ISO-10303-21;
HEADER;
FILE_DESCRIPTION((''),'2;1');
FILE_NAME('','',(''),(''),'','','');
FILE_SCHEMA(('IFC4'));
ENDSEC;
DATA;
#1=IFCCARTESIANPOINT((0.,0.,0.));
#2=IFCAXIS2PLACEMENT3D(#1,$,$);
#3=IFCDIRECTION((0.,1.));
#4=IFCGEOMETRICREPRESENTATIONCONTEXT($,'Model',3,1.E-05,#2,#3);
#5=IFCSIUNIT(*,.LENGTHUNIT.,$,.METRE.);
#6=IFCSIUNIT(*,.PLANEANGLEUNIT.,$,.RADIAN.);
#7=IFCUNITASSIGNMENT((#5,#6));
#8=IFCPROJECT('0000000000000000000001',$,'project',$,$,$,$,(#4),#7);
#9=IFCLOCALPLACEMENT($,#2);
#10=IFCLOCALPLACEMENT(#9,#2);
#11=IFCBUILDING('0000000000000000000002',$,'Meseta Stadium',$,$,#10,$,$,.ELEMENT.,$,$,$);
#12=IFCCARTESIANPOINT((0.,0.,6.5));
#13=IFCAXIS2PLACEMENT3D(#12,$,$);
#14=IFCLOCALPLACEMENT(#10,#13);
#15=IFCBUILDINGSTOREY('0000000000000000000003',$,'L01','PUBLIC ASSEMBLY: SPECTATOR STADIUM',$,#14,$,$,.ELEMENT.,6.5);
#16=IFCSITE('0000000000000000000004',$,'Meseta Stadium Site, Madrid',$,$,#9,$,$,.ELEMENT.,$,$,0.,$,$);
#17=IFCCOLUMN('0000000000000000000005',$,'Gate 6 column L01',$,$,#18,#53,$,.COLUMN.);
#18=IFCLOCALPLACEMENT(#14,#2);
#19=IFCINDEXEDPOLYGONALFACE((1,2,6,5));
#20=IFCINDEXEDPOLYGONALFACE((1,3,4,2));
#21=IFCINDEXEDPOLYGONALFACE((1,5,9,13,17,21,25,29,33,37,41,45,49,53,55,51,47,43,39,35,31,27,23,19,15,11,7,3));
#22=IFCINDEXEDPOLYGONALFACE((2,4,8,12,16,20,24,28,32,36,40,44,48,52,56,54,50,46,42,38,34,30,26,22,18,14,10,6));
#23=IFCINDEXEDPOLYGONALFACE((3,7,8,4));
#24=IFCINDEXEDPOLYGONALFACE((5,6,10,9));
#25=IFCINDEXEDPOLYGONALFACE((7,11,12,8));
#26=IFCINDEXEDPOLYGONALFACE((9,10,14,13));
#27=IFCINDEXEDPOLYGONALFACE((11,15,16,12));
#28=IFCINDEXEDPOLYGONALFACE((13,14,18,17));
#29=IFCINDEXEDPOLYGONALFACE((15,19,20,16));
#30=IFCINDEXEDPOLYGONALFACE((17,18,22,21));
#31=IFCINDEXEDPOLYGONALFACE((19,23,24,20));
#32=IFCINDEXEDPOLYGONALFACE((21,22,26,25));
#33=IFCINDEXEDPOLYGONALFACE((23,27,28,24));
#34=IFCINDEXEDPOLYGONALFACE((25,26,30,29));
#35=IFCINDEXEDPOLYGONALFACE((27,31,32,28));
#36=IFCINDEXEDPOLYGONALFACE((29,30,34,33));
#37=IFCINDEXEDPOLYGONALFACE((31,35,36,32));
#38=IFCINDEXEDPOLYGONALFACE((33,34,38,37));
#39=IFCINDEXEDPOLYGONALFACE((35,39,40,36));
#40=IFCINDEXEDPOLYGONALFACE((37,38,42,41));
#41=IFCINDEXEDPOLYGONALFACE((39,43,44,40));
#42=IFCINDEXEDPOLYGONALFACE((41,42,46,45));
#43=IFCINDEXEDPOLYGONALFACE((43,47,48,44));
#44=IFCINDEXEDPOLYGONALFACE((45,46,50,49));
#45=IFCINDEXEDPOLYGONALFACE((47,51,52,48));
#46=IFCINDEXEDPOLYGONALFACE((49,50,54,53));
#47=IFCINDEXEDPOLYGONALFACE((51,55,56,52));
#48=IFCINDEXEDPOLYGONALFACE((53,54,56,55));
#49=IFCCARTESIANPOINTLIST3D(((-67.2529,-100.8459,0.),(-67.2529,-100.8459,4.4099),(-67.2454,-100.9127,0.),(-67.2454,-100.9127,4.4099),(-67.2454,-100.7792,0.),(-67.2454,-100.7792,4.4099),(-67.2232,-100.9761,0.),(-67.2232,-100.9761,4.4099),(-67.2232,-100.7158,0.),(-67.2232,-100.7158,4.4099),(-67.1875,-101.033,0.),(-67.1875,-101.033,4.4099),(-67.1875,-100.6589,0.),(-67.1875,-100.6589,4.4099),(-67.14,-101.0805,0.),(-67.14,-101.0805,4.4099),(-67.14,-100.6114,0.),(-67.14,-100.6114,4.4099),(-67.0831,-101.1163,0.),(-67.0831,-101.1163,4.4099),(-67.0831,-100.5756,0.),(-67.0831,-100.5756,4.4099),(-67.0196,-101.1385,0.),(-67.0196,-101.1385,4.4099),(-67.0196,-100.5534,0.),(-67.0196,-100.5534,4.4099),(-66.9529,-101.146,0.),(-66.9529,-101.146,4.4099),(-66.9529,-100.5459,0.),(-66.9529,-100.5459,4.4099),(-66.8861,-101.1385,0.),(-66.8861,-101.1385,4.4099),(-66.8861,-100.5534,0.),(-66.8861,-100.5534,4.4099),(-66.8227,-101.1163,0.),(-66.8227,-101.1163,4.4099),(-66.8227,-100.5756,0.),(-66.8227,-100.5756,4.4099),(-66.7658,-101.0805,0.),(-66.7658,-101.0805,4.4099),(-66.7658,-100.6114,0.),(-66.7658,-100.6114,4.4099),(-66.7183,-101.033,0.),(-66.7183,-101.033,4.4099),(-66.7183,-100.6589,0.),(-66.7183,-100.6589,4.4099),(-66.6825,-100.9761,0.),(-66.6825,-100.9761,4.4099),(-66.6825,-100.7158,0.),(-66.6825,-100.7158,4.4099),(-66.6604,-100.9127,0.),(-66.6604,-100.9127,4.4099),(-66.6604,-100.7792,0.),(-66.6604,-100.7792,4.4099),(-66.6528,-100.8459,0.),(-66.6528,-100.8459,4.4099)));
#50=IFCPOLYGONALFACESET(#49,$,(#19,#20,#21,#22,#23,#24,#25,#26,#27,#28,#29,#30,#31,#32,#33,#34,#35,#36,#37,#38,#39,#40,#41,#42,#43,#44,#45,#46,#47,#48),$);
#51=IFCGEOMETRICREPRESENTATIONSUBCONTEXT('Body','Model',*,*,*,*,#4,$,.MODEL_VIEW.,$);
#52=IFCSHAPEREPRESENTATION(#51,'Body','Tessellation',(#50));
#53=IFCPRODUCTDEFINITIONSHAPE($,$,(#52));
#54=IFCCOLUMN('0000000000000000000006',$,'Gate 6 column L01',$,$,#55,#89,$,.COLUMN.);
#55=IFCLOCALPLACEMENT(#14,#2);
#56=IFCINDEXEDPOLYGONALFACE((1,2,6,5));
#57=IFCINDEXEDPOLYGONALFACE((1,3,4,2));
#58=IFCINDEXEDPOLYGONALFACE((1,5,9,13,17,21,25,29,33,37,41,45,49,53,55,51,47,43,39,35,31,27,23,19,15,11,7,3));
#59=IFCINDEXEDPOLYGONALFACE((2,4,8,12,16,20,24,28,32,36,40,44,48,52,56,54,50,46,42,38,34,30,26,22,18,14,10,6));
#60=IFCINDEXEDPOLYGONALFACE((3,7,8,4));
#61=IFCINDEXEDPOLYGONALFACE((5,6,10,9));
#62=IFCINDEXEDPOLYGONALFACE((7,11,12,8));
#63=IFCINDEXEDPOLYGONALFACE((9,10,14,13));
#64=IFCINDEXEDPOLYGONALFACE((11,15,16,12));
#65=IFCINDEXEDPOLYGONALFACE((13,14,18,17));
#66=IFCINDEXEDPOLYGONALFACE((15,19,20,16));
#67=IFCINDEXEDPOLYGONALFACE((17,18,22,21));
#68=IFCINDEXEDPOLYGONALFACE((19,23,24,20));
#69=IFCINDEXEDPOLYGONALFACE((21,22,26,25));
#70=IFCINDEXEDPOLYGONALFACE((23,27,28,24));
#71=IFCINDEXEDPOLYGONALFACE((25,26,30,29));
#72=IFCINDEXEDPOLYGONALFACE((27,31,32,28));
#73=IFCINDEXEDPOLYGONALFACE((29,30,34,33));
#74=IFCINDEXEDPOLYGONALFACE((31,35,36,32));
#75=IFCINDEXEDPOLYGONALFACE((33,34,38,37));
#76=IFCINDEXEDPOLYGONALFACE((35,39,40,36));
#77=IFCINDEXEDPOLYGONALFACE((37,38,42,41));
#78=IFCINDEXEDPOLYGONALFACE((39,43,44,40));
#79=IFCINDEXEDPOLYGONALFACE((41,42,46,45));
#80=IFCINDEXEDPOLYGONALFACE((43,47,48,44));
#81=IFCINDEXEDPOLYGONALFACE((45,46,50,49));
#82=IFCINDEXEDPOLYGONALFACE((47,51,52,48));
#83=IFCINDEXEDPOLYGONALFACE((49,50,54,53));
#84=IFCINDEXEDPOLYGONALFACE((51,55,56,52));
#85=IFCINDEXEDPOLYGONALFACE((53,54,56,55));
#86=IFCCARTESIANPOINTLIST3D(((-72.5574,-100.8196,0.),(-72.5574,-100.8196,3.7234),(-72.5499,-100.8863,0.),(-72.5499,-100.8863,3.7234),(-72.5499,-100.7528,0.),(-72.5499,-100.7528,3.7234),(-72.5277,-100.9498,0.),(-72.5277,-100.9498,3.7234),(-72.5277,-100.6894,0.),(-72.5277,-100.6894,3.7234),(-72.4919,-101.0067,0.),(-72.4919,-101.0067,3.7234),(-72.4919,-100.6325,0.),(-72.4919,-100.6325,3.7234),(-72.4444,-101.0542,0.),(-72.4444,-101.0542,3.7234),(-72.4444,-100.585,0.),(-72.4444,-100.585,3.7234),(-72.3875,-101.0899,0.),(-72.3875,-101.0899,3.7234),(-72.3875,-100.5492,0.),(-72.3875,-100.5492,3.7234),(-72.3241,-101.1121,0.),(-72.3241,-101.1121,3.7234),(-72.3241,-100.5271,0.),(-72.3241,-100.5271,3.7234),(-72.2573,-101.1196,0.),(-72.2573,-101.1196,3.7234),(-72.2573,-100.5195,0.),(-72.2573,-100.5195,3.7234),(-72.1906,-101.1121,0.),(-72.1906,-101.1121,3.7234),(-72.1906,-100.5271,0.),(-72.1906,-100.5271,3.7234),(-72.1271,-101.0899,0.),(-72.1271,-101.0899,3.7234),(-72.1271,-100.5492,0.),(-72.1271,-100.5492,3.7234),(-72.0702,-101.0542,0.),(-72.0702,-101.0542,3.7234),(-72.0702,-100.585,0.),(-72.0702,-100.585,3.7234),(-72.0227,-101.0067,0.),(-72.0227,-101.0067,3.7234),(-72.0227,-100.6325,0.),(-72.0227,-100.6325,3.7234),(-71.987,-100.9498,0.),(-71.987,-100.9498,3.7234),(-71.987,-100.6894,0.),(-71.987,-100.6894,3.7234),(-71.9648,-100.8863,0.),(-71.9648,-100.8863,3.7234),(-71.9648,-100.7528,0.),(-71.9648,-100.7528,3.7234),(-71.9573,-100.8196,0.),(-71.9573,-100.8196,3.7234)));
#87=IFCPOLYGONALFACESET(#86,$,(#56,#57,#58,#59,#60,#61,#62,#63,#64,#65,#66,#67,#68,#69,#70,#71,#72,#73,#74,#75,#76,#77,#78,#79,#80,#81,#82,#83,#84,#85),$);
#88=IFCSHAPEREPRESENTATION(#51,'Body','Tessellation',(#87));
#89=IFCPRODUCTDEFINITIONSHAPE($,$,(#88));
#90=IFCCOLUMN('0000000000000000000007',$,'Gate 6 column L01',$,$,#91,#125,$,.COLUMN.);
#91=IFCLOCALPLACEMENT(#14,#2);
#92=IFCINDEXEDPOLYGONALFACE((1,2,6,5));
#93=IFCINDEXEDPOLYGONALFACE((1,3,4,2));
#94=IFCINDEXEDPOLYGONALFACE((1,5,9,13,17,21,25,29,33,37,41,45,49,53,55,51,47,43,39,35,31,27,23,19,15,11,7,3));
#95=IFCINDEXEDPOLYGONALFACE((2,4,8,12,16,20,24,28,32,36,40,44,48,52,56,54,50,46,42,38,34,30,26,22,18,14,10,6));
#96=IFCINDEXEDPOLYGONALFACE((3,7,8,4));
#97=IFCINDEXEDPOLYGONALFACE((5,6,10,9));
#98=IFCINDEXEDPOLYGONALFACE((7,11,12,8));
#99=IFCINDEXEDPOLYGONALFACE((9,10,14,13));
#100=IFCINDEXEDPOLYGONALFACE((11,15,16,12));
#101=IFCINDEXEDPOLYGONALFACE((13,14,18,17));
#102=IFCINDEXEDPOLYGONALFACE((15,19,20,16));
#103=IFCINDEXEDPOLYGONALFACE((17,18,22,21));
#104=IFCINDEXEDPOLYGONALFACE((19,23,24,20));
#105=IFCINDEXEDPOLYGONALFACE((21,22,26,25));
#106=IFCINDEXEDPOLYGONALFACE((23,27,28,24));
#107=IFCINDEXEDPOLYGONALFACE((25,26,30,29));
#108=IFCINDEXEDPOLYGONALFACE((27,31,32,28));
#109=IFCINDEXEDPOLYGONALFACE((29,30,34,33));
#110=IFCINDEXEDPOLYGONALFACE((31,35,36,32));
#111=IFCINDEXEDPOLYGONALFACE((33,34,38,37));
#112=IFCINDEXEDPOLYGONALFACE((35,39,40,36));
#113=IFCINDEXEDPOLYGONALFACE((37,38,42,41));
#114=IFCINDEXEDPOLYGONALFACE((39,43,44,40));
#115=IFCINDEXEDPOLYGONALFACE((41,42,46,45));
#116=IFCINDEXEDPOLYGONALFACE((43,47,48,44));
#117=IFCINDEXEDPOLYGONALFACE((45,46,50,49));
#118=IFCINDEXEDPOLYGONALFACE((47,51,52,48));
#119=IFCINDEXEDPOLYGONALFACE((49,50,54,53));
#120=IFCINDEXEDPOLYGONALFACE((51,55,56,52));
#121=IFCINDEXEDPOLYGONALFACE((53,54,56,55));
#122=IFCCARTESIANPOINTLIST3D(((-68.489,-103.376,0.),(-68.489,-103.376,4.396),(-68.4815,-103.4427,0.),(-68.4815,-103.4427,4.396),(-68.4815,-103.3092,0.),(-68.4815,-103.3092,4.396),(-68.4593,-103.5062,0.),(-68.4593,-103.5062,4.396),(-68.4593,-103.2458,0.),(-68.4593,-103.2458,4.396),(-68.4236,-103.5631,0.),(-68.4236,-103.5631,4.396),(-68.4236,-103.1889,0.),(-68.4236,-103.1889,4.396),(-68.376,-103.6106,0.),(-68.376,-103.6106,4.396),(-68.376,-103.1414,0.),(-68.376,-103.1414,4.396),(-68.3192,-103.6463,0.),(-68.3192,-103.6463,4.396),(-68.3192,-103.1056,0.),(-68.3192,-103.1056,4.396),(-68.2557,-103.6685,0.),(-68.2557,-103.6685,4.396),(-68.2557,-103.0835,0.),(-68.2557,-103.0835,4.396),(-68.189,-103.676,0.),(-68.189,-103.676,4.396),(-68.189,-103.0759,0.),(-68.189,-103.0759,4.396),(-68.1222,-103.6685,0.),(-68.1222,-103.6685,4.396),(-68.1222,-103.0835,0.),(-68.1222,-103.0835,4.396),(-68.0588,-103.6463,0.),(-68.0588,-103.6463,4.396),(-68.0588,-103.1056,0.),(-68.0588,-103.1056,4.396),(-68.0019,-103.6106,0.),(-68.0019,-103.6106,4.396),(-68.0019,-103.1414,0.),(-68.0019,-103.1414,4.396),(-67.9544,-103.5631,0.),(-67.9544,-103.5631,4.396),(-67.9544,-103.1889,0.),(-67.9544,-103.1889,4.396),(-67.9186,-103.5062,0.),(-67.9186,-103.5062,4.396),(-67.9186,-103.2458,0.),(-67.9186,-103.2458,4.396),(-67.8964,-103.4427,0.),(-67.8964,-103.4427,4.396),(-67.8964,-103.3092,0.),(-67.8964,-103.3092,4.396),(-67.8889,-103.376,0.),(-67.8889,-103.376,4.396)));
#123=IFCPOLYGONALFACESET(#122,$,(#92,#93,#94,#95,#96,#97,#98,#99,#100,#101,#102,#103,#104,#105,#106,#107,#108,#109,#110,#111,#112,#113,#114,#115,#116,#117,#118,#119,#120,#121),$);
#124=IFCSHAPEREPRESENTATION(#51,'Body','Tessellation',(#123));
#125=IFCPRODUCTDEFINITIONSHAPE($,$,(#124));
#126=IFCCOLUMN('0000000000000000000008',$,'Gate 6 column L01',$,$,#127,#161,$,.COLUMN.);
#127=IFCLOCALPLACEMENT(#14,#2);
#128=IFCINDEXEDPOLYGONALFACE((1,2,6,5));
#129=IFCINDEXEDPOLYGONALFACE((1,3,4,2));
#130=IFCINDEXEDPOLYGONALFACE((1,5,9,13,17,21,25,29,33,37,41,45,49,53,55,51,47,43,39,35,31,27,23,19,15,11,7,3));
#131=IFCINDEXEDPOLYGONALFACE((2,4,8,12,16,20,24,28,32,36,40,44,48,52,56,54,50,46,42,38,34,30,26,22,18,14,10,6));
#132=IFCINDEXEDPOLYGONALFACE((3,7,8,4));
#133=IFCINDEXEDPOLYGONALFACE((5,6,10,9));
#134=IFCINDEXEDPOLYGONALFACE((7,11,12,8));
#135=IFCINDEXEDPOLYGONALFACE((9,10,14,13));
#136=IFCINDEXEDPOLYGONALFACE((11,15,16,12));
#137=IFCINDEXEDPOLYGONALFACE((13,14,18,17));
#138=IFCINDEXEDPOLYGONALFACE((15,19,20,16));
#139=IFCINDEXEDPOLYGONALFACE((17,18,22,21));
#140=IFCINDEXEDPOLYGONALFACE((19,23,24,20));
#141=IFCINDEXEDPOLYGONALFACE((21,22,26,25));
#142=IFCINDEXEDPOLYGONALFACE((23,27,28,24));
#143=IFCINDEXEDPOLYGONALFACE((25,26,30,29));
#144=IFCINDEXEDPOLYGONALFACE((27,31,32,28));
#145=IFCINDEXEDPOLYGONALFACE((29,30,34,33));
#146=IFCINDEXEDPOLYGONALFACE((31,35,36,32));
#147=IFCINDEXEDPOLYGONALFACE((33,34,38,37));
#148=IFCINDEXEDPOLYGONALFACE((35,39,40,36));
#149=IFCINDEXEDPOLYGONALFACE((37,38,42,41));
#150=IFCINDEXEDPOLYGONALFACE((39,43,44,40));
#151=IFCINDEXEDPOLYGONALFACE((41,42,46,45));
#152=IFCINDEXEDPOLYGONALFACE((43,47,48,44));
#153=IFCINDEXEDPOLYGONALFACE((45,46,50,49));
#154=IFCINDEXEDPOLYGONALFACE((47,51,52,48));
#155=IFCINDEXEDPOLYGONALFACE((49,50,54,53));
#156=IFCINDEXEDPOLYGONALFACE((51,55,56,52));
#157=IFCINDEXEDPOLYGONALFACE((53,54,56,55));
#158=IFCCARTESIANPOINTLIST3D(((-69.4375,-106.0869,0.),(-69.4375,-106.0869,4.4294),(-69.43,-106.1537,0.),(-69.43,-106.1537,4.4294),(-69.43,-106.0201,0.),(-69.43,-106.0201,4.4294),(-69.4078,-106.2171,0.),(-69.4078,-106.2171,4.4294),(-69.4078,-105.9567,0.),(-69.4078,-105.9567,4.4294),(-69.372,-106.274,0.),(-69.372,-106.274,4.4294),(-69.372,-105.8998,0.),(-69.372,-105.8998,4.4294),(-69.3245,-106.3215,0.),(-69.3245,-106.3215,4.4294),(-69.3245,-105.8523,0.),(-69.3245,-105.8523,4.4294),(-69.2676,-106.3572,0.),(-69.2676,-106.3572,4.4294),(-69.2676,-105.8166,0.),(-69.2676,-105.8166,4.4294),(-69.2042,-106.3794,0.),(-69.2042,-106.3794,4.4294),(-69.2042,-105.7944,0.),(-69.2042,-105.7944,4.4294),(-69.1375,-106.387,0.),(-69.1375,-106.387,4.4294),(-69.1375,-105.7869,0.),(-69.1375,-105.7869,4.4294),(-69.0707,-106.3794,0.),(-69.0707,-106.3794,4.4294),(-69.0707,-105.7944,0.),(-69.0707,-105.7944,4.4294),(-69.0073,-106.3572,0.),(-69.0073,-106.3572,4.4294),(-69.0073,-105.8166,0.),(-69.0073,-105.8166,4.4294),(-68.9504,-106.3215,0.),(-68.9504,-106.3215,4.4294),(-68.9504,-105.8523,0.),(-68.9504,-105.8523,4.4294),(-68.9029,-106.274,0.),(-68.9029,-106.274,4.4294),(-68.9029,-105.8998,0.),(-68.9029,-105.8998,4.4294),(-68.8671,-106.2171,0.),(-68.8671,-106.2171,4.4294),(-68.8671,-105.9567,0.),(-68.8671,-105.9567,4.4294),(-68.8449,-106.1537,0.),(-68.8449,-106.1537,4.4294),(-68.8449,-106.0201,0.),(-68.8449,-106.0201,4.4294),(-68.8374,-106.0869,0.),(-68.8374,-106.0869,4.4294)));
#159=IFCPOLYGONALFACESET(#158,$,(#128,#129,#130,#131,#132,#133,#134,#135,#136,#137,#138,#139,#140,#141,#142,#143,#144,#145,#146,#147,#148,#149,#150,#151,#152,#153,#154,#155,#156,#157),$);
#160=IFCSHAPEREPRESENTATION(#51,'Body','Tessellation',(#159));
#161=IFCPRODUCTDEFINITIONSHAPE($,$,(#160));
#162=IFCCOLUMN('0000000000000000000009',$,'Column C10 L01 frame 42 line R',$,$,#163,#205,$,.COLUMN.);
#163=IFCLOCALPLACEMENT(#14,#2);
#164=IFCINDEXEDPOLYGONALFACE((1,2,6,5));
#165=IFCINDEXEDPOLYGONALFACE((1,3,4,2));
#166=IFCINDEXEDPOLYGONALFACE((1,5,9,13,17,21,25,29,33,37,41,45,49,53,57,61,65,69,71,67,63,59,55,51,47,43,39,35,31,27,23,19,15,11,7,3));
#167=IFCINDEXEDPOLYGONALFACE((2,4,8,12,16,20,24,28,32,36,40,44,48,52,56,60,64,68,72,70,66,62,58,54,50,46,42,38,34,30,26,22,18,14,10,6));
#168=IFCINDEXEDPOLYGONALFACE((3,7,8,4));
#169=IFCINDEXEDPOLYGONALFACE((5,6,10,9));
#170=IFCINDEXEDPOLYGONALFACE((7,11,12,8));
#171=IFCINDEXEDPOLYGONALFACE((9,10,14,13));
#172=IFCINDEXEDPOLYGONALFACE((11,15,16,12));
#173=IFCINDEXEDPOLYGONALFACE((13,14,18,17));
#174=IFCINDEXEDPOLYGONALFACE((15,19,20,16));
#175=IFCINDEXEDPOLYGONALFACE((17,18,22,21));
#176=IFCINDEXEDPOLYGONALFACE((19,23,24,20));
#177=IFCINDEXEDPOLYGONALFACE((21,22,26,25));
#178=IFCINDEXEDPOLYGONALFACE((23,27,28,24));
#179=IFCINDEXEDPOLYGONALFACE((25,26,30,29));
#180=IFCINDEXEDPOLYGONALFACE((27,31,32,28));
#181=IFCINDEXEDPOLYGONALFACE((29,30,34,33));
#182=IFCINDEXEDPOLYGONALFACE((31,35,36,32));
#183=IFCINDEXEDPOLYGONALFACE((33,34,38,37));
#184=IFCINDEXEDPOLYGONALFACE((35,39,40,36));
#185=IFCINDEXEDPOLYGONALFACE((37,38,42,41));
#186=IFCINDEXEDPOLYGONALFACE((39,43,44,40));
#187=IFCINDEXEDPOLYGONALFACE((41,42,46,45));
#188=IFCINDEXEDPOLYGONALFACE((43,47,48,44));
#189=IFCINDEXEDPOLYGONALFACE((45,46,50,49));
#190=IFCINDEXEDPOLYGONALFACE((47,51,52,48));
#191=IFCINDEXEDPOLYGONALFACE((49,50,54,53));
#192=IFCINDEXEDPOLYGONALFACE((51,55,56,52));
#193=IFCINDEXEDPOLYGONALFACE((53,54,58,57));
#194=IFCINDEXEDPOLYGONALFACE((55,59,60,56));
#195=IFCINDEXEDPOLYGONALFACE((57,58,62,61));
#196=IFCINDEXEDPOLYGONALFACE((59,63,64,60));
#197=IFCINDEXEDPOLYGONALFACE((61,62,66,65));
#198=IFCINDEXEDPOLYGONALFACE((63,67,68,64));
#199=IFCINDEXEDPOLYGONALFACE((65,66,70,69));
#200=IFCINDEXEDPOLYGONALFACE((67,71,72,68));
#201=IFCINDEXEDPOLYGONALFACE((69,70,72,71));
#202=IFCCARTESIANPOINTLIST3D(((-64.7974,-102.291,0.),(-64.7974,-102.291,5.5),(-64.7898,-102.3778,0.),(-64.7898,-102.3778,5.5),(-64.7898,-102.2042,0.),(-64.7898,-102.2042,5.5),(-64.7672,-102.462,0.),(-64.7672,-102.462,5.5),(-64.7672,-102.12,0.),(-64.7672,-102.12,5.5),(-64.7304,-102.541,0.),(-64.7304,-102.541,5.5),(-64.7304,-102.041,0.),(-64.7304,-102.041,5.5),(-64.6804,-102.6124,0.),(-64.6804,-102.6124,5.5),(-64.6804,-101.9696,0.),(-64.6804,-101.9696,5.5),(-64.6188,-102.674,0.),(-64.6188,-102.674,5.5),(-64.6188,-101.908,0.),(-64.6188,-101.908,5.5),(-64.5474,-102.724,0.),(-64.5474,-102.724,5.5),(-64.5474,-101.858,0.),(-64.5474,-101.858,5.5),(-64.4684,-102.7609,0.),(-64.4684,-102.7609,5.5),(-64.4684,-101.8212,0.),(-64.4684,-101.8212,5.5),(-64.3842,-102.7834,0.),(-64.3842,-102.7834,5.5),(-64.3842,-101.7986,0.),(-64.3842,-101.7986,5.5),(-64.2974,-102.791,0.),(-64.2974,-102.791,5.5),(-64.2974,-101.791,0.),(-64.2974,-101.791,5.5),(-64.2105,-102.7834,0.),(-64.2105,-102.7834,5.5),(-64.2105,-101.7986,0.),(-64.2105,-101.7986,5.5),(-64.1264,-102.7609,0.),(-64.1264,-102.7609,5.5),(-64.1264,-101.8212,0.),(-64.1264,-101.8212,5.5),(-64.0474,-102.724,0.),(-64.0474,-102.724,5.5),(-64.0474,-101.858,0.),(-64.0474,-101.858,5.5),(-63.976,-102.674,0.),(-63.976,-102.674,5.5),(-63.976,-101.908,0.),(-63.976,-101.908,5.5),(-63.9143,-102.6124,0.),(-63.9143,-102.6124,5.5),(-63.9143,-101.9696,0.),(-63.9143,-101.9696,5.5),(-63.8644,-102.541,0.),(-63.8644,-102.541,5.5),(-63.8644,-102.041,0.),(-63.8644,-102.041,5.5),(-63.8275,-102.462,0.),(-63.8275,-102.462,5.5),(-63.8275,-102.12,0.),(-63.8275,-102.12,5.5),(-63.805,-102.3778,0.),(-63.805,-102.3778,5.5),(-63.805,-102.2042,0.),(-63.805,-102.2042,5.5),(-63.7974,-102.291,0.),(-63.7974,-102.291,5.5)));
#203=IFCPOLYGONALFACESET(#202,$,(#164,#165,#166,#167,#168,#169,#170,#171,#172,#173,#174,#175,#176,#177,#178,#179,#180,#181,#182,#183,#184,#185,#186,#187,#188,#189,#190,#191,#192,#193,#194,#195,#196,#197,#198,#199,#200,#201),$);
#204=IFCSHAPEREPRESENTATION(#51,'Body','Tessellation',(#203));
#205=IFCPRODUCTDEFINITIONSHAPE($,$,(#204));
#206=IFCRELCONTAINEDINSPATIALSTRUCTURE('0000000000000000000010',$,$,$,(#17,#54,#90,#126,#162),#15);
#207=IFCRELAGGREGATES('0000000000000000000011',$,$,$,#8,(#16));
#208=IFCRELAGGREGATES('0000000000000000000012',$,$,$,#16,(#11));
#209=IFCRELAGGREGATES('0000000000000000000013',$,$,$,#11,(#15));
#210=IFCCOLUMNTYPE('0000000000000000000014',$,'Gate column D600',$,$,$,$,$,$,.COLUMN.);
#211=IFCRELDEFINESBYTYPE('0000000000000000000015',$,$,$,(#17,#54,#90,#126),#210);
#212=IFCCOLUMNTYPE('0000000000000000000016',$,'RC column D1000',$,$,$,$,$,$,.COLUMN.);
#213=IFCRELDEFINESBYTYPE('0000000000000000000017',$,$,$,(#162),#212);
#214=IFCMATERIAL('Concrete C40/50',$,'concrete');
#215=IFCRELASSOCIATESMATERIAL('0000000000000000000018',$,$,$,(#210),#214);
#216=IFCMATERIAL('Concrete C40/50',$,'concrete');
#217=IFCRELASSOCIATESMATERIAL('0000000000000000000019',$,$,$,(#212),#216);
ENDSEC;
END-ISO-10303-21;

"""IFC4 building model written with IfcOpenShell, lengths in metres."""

from ifc_helpers import new_model, si_unit, direction, frame, origin, origin_2d, place, context, subcontext, project, spatial, circle, extrude, material, material_profile, profile_set, type_object, element, save


model = new_model("IFC4")

# Units and contexts
model_context = context("Model", 3, precision=1e-05, world=origin(), true_north=direction((0.0, 1.0)))
body_context = subcontext(model_context, "Body", "Model", "MODEL_VIEW")
ifc_project = project(units=[si_unit("LENGTHUNIT", "METRE"), si_unit("PLANEANGLEUNIT", "RADIAN")], contexts=[model_context])

# Site, building, storey
site_placement = place(None, origin())
site = spatial("IfcSite", under=ifc_project, at=site_placement, Name="Meseta Stadium Site, Madrid", CompositionType="ELEMENT", RefElevation=0.0)
building_placement = place(site_placement, origin())
building = spatial("IfcBuilding", under=site, at=building_placement, Name="Meseta Stadium", CompositionType="ELEMENT")
storey_placement = place(building_placement, frame((0.0, 0.0, 6.5)))
storey = spatial("IfcBuildingStorey", under=building, at=storey_placement, Name="L01", Description="PUBLIC ASSEMBLY: SPECTATOR STADIUM", CompositionType="ELEMENT", Elevation=6.5)

# Columns
ifc_material_1 = material(Name="Concrete C40/50", Category="concrete")
ifc_material_profile_1 = material_profile(ifc_material_1, circle(Radius=0.3, at=origin_2d()), Name="RC D600")
ifc_profile_set_1 = profile_set([ifc_material_profile_1], Name="Concrete C40/50")
column_type_1 = type_object("IfcColumnType", Name="Gate column D600", PredefinedType="COLUMN", material=ifc_profile_set_1)
column_1_placement = place(storey_placement, frame((-66.9529, -100.8459, 0.0), z_axis=(0.0, 0.0, 1.0), x_axis=(1.0, 0.0, 0.0)))
element("IfcColumn", 1, at=column_1_placement, inside=storey, type_object=column_type_1, Name="Gate 6 column L01", PredefinedType="COLUMN", context=body_context, shape_type="SweptSolid", body=[
    extrude(circle(Radius=0.3, at=origin_2d()), origin(), (0.0, 0.0, 1.0), 4.4099),
])
column_2_placement = place(storey_placement, frame((-72.2573, -100.8196, 0.0), z_axis=(0.0, 0.0, 1.0), x_axis=(1.0, 0.0, 0.0)))
element("IfcColumn", 2, at=column_2_placement, inside=storey, type_object=column_type_1, Name="Gate 6 column L01", PredefinedType="COLUMN", context=body_context, shape_type="SweptSolid", body=[
    extrude(circle(Radius=0.3, at=origin_2d()), origin(), (0.0, 0.0, 1.0), 3.7234),
])
column_3_placement = place(storey_placement, frame((-68.189, -103.376, 0.0), z_axis=(0.0, 0.0, 1.0), x_axis=(1.0, 0.0, 0.0)))
element("IfcColumn", 3, at=column_3_placement, inside=storey, type_object=column_type_1, Name="Gate 6 column L01", PredefinedType="COLUMN", context=body_context, shape_type="SweptSolid", body=[
    extrude(circle(Radius=0.3, at=origin_2d()), origin(), (0.0, 0.0, 1.0), 4.396),
])
column_4_placement = place(storey_placement, frame((-69.1375, -106.0869, 0.0), z_axis=(0.0, 0.0, 1.0), x_axis=(1.0, 0.0, 0.0)))
element("IfcColumn", 4, at=column_4_placement, inside=storey, type_object=column_type_1, Name="Gate 6 column L01", PredefinedType="COLUMN", context=body_context, shape_type="SweptSolid", body=[
    extrude(circle(Radius=0.3, at=origin_2d()), origin(), (0.0, 0.0, 1.0), 4.4294),
])
ifc_material_2 = material(Name="Concrete C40/50", Category="concrete")
ifc_material_profile_2 = material_profile(ifc_material_2, circle(Radius=0.5, at=origin_2d()), Name="RC D1000")
ifc_profile_set_2 = profile_set([ifc_material_profile_2], Name="Concrete C40/50")
column_type_2 = type_object("IfcColumnType", Name="RC column D1000", PredefinedType="COLUMN", material=ifc_profile_set_2)
column_5_placement = place(storey_placement, frame((-64.2974, -102.291, 0.0), z_axis=(0.0, 0.0, 1.0), x_axis=(1.0, 0.0, 0.0)))
element("IfcColumn", 5, at=column_5_placement, inside=storey, type_object=column_type_2, Name="Column C10 L01 frame 42 line R", PredefinedType="COLUMN", context=body_context, shape_type="SweptSolid", body=[
    extrude(circle(Radius=0.5, at=origin_2d()), origin(), (0.0, 0.0, 1.0), 5.5),
])

save(model, "model.ifc")
